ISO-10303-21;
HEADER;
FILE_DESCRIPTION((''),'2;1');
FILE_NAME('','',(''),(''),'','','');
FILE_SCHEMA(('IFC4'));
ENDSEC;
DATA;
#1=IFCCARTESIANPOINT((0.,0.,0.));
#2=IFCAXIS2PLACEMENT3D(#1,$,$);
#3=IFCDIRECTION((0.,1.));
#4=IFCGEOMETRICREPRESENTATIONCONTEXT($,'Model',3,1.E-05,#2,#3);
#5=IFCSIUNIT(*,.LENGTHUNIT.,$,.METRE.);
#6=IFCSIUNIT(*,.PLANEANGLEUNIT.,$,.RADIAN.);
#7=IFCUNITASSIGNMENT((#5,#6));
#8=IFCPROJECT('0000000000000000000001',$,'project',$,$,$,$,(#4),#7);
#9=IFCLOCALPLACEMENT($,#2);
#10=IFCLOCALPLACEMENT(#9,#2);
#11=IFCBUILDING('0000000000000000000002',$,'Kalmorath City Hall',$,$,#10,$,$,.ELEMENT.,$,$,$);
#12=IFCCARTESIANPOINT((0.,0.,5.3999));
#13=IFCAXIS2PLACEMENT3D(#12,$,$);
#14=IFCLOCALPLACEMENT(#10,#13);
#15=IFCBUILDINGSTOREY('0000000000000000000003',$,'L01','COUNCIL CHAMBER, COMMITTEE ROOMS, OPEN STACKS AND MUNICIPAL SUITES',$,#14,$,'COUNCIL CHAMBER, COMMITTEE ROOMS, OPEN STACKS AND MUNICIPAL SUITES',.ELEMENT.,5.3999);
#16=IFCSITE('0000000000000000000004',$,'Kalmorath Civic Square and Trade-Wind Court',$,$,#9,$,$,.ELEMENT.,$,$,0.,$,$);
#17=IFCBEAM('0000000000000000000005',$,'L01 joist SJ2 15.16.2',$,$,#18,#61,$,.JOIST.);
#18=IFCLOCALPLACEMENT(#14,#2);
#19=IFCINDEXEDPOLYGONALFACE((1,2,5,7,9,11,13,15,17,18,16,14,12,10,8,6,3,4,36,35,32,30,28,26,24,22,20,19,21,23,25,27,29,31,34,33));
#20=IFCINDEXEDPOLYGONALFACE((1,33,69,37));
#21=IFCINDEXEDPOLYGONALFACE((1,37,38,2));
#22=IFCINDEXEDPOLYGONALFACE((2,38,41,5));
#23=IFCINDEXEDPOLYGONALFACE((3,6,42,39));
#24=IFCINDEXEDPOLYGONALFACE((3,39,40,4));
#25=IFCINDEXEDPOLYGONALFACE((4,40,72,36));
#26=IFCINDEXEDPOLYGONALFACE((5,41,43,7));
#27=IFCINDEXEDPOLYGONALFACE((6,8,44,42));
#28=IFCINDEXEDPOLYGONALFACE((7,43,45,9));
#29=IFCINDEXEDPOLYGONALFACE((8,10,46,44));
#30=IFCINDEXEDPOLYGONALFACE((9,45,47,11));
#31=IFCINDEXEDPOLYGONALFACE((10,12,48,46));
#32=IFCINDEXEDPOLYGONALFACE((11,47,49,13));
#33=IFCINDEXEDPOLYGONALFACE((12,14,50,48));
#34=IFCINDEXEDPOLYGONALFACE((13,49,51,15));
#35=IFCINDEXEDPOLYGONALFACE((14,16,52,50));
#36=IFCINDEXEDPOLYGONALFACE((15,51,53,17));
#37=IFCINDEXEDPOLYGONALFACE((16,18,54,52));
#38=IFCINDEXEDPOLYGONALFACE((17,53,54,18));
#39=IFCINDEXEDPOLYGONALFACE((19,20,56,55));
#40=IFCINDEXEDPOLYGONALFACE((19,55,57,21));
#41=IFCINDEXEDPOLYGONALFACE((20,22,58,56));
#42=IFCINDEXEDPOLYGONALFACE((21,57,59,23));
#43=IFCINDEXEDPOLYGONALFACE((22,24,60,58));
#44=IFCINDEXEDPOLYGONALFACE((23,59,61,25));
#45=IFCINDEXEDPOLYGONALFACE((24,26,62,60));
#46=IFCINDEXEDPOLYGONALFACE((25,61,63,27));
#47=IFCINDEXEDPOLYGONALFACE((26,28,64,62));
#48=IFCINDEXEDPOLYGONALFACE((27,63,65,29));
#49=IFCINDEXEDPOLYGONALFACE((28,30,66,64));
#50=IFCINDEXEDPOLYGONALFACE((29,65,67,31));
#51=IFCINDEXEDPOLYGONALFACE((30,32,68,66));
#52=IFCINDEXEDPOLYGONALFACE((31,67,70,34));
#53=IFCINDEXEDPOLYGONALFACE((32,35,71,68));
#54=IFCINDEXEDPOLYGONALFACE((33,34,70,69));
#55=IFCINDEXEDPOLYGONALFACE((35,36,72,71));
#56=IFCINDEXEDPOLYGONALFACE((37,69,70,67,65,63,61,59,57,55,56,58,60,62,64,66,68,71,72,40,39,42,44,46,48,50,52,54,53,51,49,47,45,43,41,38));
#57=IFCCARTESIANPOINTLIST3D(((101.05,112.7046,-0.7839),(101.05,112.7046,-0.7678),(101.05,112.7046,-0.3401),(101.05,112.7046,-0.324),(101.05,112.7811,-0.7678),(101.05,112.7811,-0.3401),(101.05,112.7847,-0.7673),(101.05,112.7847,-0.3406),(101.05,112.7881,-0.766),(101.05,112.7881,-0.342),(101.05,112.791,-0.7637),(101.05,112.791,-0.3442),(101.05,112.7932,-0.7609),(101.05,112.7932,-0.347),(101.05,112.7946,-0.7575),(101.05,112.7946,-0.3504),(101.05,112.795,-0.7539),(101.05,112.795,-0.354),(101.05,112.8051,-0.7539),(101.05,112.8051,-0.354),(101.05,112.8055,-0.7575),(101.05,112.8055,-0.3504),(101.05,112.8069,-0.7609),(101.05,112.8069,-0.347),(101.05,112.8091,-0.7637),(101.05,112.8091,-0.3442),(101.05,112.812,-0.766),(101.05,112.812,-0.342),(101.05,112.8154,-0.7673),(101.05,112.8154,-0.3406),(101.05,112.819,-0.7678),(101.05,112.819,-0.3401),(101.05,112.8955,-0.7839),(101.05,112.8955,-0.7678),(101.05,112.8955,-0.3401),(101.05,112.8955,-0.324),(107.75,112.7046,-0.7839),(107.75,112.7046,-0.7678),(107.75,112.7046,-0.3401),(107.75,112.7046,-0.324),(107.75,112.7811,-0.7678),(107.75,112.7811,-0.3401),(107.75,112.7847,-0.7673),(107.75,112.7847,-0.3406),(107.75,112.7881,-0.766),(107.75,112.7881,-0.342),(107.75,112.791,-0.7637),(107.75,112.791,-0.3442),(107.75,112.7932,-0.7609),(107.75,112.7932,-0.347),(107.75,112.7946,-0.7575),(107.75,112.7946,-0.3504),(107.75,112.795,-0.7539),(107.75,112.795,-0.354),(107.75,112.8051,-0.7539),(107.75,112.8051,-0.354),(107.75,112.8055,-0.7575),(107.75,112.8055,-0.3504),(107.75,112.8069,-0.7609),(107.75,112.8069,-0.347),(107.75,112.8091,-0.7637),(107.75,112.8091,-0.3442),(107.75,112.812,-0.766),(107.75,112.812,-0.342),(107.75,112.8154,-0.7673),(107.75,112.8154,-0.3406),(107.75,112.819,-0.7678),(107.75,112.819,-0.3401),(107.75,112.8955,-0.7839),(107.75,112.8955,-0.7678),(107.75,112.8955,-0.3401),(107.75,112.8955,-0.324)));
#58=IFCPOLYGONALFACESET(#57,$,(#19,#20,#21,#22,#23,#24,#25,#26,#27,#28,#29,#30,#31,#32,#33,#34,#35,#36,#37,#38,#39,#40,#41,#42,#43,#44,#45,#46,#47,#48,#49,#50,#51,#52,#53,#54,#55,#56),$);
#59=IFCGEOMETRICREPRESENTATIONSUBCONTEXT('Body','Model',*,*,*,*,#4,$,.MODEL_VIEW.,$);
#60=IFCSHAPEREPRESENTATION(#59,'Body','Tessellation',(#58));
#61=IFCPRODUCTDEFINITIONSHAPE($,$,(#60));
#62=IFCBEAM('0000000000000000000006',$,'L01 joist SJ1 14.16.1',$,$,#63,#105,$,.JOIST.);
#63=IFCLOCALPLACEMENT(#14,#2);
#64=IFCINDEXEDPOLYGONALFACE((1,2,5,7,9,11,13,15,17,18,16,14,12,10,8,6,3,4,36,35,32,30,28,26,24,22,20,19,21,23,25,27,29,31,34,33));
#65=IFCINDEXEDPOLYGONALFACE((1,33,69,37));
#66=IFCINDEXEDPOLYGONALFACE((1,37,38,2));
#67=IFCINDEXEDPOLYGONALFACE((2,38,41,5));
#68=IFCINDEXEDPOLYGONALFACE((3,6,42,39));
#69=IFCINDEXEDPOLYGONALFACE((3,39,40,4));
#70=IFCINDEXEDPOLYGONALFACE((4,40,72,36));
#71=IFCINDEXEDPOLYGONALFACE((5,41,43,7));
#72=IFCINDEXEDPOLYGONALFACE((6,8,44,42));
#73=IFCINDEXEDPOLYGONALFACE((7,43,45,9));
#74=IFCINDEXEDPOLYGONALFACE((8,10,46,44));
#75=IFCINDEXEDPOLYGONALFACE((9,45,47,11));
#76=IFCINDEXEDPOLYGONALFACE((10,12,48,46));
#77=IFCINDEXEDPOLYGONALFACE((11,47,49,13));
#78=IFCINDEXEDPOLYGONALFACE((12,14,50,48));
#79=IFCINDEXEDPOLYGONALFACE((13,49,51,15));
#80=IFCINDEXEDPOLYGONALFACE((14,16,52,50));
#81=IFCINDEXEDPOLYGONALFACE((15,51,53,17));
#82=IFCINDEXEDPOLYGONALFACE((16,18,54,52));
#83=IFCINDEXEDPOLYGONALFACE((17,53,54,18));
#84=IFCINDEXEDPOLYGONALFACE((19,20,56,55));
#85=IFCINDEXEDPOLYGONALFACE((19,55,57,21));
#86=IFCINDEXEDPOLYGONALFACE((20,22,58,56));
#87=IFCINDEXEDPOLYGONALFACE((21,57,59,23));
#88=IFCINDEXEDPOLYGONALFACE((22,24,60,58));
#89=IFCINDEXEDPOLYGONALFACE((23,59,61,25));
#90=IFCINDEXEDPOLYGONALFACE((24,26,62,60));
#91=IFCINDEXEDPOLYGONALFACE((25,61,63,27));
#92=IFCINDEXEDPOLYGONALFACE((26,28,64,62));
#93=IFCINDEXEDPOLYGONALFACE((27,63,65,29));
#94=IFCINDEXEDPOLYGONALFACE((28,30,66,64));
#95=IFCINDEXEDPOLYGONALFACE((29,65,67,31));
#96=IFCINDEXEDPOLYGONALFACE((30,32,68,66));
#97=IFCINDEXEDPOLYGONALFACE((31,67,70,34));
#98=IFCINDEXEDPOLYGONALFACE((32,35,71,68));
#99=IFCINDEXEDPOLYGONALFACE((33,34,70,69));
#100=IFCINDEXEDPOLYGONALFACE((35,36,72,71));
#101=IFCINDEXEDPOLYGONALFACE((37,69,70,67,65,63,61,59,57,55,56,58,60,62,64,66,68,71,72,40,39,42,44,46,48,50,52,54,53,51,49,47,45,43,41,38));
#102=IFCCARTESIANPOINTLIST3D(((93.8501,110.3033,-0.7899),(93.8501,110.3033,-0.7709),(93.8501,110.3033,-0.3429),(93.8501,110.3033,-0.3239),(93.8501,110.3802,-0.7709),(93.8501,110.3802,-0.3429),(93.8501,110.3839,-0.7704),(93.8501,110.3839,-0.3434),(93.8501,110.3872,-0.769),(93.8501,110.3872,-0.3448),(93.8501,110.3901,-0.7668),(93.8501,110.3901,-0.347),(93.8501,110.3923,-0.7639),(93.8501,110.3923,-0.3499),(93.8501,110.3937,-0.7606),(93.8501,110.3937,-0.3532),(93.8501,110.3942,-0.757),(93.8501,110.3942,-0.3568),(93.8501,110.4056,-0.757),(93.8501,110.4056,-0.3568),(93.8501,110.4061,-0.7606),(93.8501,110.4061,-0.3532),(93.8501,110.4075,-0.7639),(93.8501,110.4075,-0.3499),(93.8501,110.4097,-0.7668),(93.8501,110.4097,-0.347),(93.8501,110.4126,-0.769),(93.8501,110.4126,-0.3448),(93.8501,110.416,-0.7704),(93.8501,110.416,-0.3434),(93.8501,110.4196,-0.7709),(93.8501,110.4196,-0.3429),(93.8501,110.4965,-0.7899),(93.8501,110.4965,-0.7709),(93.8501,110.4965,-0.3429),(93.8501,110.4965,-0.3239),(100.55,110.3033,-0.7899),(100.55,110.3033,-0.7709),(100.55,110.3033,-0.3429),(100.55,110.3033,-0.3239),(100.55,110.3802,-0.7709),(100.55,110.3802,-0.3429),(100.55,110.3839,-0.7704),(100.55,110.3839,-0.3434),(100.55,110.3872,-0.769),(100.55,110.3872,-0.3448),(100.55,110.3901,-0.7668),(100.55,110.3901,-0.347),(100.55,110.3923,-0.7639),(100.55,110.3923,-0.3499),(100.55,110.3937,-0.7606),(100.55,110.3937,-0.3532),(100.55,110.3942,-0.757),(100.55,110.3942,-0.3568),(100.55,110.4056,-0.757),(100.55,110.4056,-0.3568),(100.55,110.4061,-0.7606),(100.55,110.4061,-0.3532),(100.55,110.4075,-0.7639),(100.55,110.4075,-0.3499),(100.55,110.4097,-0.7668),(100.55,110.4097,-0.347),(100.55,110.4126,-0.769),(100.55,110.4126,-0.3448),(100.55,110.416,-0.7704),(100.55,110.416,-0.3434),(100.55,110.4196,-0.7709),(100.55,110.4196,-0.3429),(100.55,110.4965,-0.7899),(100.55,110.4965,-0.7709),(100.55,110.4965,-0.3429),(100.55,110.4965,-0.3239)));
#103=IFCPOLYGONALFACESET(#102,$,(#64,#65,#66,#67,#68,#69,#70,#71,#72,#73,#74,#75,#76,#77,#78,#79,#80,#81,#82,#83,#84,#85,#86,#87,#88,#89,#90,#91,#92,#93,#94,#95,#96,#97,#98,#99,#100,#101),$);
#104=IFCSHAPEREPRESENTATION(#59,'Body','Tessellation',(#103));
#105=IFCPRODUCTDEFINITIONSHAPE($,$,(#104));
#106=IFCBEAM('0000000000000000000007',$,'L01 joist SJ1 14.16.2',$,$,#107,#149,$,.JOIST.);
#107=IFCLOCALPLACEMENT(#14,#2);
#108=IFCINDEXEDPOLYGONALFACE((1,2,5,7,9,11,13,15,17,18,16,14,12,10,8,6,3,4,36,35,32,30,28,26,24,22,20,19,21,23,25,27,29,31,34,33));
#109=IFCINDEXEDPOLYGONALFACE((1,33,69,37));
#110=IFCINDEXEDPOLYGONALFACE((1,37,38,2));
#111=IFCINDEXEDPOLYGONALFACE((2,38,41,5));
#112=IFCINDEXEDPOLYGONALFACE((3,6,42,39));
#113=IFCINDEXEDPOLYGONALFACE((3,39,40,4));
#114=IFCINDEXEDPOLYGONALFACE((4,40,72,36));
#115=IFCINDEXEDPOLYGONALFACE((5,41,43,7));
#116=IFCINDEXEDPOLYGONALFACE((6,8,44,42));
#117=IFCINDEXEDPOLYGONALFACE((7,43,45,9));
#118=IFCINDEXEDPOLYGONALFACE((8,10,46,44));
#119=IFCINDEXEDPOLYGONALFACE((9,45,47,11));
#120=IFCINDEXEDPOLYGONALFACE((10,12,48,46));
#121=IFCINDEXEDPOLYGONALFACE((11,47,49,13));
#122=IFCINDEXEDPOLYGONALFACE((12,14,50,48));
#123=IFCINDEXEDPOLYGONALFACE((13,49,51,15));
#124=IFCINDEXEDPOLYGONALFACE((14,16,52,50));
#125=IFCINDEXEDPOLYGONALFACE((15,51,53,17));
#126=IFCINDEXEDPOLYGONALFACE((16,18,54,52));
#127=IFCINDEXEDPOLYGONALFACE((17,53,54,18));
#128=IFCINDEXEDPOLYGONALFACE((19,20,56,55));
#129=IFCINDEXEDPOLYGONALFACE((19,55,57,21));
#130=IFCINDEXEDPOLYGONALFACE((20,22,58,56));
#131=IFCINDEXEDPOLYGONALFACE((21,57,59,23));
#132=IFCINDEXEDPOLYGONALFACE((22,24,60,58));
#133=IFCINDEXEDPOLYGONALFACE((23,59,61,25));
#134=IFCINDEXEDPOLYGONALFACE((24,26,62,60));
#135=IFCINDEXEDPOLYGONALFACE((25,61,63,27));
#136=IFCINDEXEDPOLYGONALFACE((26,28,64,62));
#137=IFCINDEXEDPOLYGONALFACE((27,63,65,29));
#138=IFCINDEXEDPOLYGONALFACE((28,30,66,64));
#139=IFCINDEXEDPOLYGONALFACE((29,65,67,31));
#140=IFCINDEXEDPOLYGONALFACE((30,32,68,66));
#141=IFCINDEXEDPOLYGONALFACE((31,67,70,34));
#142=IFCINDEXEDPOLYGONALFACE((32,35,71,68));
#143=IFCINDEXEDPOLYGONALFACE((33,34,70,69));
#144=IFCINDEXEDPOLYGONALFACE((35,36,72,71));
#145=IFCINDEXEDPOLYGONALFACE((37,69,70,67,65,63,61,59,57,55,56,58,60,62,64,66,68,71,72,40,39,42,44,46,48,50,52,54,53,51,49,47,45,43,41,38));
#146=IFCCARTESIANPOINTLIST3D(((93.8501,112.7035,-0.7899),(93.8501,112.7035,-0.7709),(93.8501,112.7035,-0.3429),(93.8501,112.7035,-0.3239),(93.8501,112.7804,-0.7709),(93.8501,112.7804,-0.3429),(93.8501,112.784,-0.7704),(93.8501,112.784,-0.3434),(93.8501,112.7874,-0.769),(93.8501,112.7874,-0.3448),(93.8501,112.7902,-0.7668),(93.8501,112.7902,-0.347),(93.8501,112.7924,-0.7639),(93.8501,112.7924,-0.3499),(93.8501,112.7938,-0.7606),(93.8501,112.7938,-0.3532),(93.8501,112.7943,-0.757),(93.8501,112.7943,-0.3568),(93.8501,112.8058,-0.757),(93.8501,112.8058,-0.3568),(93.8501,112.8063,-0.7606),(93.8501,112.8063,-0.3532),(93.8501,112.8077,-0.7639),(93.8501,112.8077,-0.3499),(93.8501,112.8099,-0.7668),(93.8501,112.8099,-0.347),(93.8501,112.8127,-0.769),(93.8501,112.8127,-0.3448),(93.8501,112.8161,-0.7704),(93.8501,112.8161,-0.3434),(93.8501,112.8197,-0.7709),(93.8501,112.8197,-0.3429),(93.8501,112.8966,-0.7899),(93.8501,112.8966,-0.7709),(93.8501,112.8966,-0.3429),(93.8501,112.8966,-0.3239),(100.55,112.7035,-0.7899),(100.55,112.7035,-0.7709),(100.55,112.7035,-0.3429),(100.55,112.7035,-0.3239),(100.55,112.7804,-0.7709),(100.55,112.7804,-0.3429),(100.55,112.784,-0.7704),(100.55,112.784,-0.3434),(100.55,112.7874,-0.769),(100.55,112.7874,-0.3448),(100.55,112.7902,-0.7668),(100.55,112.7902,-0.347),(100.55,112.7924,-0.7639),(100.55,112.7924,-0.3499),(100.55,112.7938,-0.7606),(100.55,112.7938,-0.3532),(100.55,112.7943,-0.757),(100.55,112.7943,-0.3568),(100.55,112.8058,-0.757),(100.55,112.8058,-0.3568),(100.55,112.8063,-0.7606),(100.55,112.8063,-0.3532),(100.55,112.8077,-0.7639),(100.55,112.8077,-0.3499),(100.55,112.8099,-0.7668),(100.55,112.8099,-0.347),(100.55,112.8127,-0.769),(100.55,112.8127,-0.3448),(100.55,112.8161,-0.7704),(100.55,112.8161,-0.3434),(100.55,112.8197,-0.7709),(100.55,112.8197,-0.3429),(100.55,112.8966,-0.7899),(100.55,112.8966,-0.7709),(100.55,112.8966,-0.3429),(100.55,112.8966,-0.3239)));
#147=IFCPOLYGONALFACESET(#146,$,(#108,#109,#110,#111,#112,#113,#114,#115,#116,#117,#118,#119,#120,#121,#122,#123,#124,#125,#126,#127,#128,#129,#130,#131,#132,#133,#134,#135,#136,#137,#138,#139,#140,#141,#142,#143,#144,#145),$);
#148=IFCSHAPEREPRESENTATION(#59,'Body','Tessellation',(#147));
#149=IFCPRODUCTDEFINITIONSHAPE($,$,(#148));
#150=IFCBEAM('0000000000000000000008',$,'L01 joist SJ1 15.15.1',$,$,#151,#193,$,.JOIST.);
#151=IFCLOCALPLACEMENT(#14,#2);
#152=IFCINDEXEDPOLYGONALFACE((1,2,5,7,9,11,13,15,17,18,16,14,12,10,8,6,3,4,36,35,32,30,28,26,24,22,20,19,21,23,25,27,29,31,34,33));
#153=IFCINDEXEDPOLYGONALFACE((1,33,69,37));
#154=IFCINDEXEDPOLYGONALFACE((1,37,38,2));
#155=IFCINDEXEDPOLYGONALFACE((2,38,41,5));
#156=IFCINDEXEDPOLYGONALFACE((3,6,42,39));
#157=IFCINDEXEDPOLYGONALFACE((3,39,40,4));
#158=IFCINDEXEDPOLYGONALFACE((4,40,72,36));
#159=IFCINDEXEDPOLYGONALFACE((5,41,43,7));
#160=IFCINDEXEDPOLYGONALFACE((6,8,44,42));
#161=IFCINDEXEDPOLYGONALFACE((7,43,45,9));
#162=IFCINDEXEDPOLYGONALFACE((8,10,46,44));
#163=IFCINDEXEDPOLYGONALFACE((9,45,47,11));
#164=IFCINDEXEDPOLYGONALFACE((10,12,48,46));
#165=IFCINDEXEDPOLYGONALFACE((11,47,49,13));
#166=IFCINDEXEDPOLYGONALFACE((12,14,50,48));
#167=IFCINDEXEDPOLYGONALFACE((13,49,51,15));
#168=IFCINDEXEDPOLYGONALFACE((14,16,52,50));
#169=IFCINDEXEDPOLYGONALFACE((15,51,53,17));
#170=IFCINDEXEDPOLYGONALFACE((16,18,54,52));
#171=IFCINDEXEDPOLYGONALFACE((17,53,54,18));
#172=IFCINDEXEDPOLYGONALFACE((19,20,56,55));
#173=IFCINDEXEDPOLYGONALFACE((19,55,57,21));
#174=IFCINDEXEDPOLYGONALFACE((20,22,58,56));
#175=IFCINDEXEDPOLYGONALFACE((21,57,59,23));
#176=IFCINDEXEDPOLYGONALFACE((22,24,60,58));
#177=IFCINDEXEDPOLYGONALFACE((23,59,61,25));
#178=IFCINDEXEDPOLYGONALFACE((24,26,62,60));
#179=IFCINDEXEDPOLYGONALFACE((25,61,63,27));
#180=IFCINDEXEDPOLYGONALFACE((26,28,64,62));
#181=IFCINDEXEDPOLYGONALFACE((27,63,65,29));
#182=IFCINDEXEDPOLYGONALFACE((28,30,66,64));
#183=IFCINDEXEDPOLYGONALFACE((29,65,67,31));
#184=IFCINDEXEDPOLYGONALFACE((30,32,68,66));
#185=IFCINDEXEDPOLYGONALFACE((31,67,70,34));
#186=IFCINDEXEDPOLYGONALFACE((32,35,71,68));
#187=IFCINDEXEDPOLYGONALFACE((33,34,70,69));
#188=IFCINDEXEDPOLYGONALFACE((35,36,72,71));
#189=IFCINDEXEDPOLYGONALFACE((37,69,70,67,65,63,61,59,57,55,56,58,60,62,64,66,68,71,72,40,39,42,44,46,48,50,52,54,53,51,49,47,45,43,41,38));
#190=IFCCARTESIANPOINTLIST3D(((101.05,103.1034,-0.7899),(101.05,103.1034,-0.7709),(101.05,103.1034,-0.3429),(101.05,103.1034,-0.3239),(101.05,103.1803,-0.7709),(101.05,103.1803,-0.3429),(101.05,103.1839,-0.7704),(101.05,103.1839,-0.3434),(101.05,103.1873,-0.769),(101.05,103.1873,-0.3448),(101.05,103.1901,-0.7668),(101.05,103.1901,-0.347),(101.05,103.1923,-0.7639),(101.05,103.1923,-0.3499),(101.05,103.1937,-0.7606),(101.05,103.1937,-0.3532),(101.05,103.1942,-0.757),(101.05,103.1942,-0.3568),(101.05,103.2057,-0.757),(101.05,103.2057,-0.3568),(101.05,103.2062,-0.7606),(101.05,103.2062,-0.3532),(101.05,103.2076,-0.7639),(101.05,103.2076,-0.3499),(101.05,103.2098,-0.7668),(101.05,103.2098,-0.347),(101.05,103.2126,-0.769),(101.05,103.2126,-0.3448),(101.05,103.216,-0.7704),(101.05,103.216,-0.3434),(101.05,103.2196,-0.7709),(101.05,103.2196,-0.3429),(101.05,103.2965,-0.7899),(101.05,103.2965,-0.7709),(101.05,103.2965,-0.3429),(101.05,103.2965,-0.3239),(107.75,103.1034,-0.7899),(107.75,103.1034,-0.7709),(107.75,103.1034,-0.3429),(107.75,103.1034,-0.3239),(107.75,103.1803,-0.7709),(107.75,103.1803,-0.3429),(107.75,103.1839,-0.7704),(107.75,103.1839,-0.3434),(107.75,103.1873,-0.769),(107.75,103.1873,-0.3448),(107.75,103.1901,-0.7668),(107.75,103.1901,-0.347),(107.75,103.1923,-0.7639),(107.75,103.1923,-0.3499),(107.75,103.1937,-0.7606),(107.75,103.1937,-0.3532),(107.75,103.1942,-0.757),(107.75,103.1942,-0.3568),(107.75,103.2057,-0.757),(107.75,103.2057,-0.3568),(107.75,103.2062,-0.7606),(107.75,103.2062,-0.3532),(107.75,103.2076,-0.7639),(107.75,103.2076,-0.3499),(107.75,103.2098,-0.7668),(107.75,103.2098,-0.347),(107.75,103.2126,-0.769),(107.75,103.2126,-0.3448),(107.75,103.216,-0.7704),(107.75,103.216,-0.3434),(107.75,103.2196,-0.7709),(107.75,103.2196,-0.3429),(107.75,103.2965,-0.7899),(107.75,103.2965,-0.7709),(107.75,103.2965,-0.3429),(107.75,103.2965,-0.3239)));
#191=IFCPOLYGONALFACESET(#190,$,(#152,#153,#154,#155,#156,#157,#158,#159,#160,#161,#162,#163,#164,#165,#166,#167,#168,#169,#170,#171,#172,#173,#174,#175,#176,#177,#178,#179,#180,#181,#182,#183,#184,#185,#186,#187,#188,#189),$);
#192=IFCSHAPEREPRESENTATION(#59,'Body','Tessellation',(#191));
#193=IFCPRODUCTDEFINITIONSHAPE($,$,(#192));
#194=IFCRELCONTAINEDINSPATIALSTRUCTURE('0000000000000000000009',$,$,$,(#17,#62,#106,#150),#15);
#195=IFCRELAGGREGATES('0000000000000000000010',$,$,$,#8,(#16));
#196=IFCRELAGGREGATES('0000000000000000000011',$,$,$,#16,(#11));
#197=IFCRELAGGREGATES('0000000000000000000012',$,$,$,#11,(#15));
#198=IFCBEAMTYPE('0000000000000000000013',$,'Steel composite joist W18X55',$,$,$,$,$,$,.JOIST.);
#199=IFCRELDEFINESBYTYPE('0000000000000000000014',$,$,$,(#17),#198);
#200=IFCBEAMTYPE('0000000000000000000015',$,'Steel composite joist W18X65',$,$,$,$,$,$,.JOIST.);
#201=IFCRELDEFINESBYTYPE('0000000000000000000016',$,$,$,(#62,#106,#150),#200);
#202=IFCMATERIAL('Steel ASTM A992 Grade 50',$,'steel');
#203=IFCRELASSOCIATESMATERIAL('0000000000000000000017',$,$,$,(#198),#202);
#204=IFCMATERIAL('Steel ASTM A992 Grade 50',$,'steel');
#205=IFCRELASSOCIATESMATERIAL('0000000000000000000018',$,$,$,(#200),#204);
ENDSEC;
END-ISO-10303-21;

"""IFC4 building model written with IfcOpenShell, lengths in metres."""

from ifc_helpers import new_model, si_unit, direction, frame, origin, origin_2d, place, context, subcontext, project, spatial, i_section, extrude, material, material_profile, profile_set, type_object, element, save


model = new_model("IFC4")

# Units and contexts
model_context = context("Model", 3, precision=1e-05, world=origin(), true_north=direction((0.0, 1.0)))
body_context = subcontext(model_context, "Body", "Model", "MODEL_VIEW")
ifc_project = project(units=[si_unit("LENGTHUNIT", "METRE"), si_unit("PLANEANGLEUNIT", "RADIAN")], contexts=[model_context])

# Site, building, storey
site_placement = place(None, origin())
site = spatial("IfcSite", under=ifc_project, at=site_placement, Name="Kalmorath Civic Square and Trade-Wind Court", CompositionType="ELEMENT", RefElevation=0.0)
building_placement = place(site_placement, origin())
building = spatial("IfcBuilding", under=site, at=building_placement, Name="Kalmorath City Hall", CompositionType="ELEMENT")
storey_placement = place(building_placement, frame((0.0, 0.0, 5.3999)))
storey = spatial("IfcBuildingStorey", under=building, at=storey_placement, Name="L01", Description="COUNCIL CHAMBER, COMMITTEE ROOMS, OPEN STACKS AND MUNICIPAL SUITES", LongName="COUNCIL CHAMBER, COMMITTEE ROOMS, OPEN STACKS AND MUNICIPAL SUITES", CompositionType="ELEMENT", Elevation=5.3999)

# Beams
ifc_material_1 = material(Name="Steel ASTM A992 Grade 50", Category="steel")
ifc_material_profile_1 = material_profile(ifc_material_1, i_section(OverallWidth=0.1909, OverallDepth=0.46, WebThickness=0.01, FlangeThickness=0.0161, FilletRadius=0.0139, at=origin_2d()), Name="W18X55")
ifc_profile_set_1 = profile_set([ifc_material_profile_1], Name="Steel ASTM A992 Grade 50")
beam_type_1 = type_object("IfcBeamType", Name="Steel composite joist W18X55", PredefinedType="JOIST", material=ifc_profile_set_1)
for number, where, z_axis, x_axis, name in (
    (1, (101.05, 112.8, -0.554), (1.0, 0.0, 0.0), (0.0, 1.0, 0.0), "L01 joist SJ2 15.16.2"),
):
    element("IfcBeam", number, at=place(storey_placement, frame(where, z_axis=z_axis, x_axis=x_axis)), inside=storey, type_object=beam_type_1, Name=name, PredefinedType="JOIST", context=body_context, shape_type="SweptSolid", body=[
        extrude(i_section(OverallWidth=0.1909, OverallDepth=0.46, WebThickness=0.01, FlangeThickness=0.0161, FilletRadius=0.0139, at=origin_2d()), origin(), (0.0, 0.0, 1.0), 6.7),
    ])
ifc_material_2 = material(Name="Steel ASTM A992 Grade 50", Category="steel")
ifc_material_profile_2 = material_profile(ifc_material_2, i_section(OverallWidth=0.1931, OverallDepth=0.4661, WebThickness=0.0115, FlangeThickness=0.019, FilletRadius=0.0139, at=origin_2d()), Name="W18X65")
ifc_profile_set_2 = profile_set([ifc_material_profile_2], Name="Steel ASTM A992 Grade 50")
beam_type_2 = type_object("IfcBeamType", Name="Steel composite joist W18X65", PredefinedType="JOIST", material=ifc_profile_set_2)
for number, where, z_axis, x_axis, name in (
    (2, (93.8501, 110.3999, -0.5569), (1.0, 0.0, 0.0), (0.0, 1.0, 0.0), "L01 joist SJ1 14.16.1"),
    (3, (93.8501, 112.8, -0.5569), (1.0, 0.0, 0.0), (0.0, 1.0, 0.0), "L01 joist SJ1 14.16.2"),
    (4, (101.05, 103.2, -0.5569), (1.0, 0.0, 0.0), (0.0, 1.0, 0.0), "L01 joist SJ1 15.15.1"),
):
    element("IfcBeam", number, at=place(storey_placement, frame(where, z_axis=z_axis, x_axis=x_axis)), inside=storey, type_object=beam_type_2, Name=name, PredefinedType="JOIST", context=body_context, shape_type="SweptSolid", body=[
        extrude(i_section(OverallWidth=0.1931, OverallDepth=0.4661, WebThickness=0.0115, FlangeThickness=0.019, FilletRadius=0.0139, at=origin_2d()), origin(), (0.0, 0.0, 1.0), 6.7),
    ])

save(model, "model.ifc")
